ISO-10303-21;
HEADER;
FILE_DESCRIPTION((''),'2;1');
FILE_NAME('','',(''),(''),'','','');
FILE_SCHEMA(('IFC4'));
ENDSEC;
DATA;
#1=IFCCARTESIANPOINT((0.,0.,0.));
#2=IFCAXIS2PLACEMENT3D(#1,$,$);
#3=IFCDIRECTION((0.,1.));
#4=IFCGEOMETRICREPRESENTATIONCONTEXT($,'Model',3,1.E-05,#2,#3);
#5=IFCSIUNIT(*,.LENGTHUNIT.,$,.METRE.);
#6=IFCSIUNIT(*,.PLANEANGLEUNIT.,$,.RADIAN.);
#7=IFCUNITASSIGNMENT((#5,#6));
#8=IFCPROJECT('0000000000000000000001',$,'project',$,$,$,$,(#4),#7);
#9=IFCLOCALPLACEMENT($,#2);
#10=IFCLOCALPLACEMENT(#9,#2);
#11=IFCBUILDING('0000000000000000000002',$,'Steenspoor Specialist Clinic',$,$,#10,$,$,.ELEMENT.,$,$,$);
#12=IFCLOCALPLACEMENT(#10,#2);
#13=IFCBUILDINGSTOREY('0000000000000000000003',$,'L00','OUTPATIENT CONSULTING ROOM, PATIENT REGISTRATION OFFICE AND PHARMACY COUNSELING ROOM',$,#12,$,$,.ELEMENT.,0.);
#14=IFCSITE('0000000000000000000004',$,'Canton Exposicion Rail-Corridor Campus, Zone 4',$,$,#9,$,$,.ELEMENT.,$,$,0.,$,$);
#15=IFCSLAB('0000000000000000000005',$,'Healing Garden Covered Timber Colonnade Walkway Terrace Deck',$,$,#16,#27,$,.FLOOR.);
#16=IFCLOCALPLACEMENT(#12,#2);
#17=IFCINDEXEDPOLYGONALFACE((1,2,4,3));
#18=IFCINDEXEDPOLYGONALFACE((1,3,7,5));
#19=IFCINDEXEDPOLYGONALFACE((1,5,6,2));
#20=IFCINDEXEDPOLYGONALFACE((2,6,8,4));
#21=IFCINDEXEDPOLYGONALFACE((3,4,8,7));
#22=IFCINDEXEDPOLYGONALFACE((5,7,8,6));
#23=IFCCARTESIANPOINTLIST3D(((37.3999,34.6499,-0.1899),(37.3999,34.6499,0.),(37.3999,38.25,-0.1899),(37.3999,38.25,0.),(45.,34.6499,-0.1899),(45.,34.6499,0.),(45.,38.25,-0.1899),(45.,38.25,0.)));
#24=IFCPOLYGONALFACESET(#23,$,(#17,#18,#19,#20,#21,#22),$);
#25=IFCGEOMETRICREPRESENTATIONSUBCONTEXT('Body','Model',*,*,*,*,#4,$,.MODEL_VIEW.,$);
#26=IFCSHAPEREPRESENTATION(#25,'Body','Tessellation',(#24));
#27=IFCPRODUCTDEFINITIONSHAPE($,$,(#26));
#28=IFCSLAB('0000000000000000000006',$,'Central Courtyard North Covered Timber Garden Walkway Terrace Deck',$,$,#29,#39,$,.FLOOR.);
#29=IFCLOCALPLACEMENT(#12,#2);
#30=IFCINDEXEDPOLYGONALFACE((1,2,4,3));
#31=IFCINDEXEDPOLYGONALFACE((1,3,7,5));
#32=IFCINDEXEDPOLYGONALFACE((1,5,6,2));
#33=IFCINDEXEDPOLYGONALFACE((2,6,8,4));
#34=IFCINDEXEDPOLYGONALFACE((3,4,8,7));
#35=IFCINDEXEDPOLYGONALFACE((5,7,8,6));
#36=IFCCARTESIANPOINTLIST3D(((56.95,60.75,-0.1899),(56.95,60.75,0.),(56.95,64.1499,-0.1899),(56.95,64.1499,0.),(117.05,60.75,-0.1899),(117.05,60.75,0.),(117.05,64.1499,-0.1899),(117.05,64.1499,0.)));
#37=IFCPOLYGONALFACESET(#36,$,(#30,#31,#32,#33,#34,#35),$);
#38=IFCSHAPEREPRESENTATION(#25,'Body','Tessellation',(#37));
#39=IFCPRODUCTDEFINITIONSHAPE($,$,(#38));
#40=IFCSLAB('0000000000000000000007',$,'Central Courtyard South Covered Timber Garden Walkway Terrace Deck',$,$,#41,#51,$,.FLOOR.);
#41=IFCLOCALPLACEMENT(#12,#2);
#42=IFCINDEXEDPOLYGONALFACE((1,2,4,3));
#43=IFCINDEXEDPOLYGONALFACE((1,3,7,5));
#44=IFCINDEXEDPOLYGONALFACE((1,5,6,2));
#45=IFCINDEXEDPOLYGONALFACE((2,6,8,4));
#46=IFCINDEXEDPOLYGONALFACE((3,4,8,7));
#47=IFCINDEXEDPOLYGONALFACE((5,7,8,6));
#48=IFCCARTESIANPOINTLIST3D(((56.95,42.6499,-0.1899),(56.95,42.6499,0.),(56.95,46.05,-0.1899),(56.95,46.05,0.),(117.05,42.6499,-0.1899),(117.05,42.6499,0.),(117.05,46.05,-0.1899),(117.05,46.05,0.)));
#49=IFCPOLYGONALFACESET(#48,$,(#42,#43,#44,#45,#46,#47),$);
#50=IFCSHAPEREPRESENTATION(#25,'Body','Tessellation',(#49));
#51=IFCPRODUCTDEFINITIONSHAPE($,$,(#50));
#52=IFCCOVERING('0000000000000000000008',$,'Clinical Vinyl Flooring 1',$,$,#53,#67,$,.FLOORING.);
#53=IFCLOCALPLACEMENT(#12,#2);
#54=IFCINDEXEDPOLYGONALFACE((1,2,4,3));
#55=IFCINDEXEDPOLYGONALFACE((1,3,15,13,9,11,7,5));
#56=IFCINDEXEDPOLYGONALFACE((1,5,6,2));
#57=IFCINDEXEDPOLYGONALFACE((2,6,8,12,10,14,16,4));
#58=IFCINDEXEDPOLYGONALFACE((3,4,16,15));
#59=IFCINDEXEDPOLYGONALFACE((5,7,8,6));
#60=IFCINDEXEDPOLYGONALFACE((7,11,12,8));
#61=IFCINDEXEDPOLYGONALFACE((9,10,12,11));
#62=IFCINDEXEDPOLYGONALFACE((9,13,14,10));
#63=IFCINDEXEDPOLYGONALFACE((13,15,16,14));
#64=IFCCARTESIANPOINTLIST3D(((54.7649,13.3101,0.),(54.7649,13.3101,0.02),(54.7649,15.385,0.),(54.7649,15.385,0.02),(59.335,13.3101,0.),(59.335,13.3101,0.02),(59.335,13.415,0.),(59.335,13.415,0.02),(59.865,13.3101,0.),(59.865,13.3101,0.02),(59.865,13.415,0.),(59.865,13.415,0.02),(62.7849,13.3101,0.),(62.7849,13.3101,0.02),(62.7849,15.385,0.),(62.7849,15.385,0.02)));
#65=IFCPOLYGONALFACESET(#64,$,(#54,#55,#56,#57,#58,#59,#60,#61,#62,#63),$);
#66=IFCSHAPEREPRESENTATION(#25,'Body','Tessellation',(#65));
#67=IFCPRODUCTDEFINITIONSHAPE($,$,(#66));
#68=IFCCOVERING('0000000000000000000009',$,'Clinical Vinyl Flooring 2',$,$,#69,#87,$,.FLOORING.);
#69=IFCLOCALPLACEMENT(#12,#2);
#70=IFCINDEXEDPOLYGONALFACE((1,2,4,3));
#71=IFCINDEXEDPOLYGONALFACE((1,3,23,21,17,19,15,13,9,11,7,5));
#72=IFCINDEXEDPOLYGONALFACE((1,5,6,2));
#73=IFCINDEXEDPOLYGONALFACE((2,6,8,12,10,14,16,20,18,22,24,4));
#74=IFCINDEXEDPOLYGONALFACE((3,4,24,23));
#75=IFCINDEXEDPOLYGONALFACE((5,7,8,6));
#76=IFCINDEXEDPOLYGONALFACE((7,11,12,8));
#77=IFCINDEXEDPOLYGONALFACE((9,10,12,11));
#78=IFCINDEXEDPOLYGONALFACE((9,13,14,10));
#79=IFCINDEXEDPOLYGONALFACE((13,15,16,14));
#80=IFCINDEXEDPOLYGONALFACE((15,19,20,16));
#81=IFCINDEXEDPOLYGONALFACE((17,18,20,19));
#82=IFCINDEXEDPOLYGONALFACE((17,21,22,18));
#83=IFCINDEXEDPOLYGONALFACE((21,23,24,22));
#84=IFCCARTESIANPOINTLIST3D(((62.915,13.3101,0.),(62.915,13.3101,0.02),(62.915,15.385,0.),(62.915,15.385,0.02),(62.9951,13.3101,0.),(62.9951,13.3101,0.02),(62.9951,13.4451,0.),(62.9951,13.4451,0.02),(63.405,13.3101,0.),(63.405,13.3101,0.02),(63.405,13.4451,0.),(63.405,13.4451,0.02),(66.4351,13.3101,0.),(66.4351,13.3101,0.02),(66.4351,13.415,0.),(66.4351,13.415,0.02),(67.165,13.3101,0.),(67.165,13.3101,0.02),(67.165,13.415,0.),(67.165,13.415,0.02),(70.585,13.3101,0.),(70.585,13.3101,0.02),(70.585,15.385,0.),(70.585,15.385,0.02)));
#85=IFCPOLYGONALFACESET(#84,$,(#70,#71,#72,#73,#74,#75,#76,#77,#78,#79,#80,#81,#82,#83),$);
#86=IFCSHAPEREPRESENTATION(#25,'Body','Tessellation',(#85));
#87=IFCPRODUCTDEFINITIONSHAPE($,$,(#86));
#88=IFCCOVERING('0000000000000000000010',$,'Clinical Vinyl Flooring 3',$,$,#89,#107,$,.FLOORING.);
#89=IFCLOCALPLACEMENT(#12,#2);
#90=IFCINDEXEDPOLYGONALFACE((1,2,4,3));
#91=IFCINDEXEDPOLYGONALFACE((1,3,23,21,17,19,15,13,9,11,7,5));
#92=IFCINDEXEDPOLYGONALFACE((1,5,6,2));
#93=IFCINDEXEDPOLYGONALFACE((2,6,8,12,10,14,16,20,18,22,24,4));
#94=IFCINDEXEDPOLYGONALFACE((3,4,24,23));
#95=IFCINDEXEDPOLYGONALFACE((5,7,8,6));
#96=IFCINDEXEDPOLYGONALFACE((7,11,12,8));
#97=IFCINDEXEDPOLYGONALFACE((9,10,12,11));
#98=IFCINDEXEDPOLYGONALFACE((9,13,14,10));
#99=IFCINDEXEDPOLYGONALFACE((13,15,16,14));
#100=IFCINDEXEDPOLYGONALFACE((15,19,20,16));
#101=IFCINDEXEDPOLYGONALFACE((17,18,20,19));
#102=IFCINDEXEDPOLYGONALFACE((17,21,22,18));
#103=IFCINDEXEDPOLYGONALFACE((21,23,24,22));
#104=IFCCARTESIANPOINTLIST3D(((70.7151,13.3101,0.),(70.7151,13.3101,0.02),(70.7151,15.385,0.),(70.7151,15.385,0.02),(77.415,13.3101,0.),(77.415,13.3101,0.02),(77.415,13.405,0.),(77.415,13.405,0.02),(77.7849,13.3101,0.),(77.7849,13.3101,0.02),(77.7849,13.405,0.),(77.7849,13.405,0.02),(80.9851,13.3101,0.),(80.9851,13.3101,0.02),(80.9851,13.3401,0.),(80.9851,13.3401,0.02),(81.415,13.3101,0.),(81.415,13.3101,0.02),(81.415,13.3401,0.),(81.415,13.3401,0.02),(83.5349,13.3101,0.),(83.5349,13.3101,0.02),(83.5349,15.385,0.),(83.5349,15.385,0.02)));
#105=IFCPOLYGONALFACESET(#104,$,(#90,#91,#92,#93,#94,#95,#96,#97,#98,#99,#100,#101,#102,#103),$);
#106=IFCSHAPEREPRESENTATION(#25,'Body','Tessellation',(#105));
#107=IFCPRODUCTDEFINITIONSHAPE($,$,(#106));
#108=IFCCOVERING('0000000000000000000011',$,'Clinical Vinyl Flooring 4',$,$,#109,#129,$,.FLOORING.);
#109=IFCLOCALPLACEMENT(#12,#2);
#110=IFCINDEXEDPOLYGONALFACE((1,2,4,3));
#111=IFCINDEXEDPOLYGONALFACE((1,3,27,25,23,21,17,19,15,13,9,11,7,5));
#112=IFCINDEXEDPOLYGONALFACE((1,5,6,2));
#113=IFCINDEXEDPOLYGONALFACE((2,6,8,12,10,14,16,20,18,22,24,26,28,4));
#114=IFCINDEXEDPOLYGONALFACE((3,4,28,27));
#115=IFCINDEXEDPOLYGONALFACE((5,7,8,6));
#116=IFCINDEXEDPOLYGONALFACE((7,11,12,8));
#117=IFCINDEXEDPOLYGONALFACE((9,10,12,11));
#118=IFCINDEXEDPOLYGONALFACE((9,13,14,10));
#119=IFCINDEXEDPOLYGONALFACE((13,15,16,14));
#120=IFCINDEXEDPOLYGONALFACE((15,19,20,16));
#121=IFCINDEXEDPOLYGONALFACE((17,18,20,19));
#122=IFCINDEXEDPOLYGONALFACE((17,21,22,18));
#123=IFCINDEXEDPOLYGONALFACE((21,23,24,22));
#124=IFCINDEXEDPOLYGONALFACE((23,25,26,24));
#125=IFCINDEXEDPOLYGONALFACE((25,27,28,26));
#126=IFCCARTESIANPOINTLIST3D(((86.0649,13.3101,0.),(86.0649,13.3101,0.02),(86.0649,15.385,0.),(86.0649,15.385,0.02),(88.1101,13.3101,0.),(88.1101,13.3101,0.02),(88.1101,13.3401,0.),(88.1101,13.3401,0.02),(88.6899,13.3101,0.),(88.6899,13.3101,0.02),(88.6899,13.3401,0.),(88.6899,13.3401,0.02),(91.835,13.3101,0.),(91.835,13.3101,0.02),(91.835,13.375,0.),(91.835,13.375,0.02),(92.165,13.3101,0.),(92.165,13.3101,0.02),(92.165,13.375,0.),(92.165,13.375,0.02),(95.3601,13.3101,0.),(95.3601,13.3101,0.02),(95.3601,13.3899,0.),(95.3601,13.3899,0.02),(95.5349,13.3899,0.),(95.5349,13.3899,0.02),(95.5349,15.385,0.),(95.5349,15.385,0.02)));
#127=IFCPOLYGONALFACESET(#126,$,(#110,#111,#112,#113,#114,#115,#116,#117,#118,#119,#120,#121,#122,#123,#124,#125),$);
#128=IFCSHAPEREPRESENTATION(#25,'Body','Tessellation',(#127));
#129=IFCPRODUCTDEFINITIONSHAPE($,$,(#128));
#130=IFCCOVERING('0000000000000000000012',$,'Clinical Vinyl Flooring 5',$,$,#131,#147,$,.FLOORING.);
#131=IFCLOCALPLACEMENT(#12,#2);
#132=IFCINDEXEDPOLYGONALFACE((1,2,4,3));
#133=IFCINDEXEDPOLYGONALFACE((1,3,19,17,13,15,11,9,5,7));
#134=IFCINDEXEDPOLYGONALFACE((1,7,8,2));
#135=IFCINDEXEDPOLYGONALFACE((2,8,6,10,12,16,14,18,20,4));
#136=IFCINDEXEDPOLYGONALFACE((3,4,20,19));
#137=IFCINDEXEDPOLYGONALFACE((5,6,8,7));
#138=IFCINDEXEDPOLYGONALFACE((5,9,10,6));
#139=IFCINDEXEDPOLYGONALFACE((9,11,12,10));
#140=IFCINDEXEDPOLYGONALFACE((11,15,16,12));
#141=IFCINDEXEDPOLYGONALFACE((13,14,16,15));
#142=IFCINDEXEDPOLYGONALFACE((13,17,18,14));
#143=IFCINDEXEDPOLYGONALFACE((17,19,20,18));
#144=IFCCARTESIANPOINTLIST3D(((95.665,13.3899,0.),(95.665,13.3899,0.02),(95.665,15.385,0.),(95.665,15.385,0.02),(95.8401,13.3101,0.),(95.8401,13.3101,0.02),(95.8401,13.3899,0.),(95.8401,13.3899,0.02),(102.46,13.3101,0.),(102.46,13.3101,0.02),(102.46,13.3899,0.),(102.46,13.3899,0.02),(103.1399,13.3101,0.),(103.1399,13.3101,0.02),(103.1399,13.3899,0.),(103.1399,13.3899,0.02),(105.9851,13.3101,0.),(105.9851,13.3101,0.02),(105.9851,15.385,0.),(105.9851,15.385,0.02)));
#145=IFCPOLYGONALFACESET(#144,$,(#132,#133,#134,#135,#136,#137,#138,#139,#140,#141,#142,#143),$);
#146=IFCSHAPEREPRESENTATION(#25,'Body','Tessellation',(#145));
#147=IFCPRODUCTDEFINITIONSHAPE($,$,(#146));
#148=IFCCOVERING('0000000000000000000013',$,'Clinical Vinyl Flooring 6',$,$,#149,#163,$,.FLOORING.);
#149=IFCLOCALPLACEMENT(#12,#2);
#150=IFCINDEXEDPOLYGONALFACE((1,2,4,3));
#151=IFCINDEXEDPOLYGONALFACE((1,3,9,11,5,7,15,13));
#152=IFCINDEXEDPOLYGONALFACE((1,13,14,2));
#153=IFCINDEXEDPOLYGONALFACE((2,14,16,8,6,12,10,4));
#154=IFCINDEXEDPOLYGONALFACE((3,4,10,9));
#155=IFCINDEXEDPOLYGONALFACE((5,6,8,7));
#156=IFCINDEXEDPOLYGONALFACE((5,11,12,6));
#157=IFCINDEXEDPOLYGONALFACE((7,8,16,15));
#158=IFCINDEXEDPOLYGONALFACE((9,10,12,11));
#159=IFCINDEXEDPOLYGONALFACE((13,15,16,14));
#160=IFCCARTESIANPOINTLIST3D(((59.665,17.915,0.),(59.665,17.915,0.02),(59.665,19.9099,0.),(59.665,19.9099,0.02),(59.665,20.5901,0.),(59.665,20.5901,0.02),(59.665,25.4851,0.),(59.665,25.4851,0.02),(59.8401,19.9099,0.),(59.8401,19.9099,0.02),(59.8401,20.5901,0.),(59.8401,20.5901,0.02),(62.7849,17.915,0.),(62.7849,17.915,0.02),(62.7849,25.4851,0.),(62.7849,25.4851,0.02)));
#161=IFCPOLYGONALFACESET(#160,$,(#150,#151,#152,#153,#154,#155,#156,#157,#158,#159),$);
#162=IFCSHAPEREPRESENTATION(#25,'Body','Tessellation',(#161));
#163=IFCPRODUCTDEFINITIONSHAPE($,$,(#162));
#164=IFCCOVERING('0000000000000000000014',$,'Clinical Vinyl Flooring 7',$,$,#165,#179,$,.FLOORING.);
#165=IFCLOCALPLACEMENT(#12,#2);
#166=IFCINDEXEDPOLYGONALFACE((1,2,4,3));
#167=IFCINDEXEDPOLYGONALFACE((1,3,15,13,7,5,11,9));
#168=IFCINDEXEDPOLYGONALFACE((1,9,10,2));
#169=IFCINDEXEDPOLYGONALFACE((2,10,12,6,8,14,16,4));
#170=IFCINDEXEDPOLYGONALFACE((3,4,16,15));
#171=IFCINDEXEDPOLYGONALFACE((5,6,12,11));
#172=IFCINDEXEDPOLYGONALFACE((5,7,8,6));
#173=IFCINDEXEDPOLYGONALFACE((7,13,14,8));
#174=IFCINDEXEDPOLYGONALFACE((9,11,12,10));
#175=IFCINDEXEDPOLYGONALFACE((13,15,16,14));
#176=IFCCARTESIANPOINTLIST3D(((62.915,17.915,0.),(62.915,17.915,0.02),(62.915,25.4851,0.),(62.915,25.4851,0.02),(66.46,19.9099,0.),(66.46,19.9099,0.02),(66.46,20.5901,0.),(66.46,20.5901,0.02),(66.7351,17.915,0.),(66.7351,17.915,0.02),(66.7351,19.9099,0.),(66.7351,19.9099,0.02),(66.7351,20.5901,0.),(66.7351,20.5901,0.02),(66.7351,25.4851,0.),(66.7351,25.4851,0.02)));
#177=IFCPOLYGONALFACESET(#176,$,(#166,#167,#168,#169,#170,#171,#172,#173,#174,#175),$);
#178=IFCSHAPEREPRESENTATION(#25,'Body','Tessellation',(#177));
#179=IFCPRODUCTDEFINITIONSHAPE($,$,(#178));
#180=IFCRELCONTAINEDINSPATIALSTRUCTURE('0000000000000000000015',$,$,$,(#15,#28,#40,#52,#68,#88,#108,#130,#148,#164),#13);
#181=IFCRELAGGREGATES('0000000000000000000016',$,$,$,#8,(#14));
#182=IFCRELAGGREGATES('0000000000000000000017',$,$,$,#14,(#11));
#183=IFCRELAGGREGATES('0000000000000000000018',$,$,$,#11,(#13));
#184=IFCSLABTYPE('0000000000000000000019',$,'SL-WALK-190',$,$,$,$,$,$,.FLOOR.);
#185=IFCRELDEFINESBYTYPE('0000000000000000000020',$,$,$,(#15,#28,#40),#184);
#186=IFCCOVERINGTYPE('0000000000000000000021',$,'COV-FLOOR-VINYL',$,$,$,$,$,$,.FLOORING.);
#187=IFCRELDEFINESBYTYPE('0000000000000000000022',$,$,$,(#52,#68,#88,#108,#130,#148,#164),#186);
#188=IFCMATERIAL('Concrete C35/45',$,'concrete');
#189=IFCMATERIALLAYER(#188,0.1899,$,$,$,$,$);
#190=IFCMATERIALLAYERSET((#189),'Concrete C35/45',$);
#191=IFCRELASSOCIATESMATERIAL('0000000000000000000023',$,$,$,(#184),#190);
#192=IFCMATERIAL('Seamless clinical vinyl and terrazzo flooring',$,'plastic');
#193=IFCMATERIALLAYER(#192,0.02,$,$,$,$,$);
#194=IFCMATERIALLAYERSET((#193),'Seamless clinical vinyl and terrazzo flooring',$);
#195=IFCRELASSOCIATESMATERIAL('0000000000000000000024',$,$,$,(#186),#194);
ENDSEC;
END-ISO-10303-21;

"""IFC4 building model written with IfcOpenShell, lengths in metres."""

from ifc_helpers import new_model, si_unit, direction, frame, origin, place, context, subcontext, project, spatial, polyline, outline, extrude, material, layer, layer_set, type_object, element, save


model = new_model("IFC4")

# Units and contexts
model_context = context("Model", 3, precision=1e-05, world=origin(), true_north=direction((0.0, 1.0)))
body_context = subcontext(model_context, "Body", "Model", "MODEL_VIEW")
ifc_project = project(units=[si_unit("LENGTHUNIT", "METRE"), si_unit("PLANEANGLEUNIT", "RADIAN")], contexts=[model_context])

# Site, building, storey
site_placement = place(None, origin())
site = spatial("IfcSite", under=ifc_project, at=site_placement, Name="Canton Exposicion Rail-Corridor Campus, Zone 4", CompositionType="ELEMENT", RefElevation=0.0)
building_placement = place(site_placement, origin())
building = spatial("IfcBuilding", under=site, at=building_placement, Name="Steenspoor Specialist Clinic", CompositionType="ELEMENT")
storey_placement = place(building_placement, origin())
storey = spatial("IfcBuildingStorey", under=building, at=storey_placement, Name="L00", Description="OUTPATIENT CONSULTING ROOM, PATIENT REGISTRATION OFFICE AND PHARMACY COUNSELING ROOM", CompositionType="ELEMENT", Elevation=0.0)

# Shared definitions
ifc_material_1 = material(Name="Concrete C35/45", Category="concrete")

# Slabs
ifc_layer_1 = layer(ifc_material_1, 0.1899)
ifc_layer_set_1 = layer_set([ifc_layer_1], Name="Concrete C35/45")
slab_type_1 = type_object("IfcSlabType", Name="SL-WALK-190", PredefinedType="FLOOR", material=ifc_layer_set_1)
slab_1_placement = place(storey_placement, frame((0.0, 0.0, -0.1899)))
element("IfcSlab", 1, at=slab_1_placement, inside=storey, type_object=slab_type_1, Name="Healing Garden Covered Timber Colonnade Walkway Terrace Deck", PredefinedType="FLOOR", context=body_context, shape_type="SweptSolid", body=[
    extrude(outline(polyline([(45.0, 34.6499), (45.0, 38.25), (37.3999, 38.25), (37.3999, 34.6499), (45.0, 34.6499)])), origin(), (0.0, 0.0, 1.0), 0.1899),
])
slab_2_placement = place(storey_placement, frame((0.0, 0.0, -0.1899)))
element("IfcSlab", 2, at=slab_2_placement, inside=storey, type_object=slab_type_1, Name="Central Courtyard North Covered Timber Garden Walkway Terrace Deck", PredefinedType="FLOOR", context=body_context, shape_type="SweptSolid", body=[
    extrude(outline(polyline([(117.05, 60.75), (117.05, 64.1499), (56.95, 64.1499), (56.95, 60.75), (117.05, 60.75)])), origin(), (0.0, 0.0, 1.0), 0.1899),
])
slab_3_placement = place(storey_placement, frame((0.0, 0.0, -0.1899)))
element("IfcSlab", 3, at=slab_3_placement, inside=storey, type_object=slab_type_1, Name="Central Courtyard South Covered Timber Garden Walkway Terrace Deck", PredefinedType="FLOOR", context=body_context, shape_type="SweptSolid", body=[
    extrude(outline(polyline([(117.05, 42.6499), (117.05, 46.05), (56.95, 46.05), (56.95, 42.6499), (117.05, 42.6499)])), origin(), (0.0, 0.0, 1.0), 0.1899),
])

# Coverings
ifc_material_2 = material(Name="Seamless clinical vinyl and terrazzo flooring", Category="plastic")
ifc_layer_2 = layer(ifc_material_2, 0.02)
ifc_layer_set_2 = layer_set([ifc_layer_2], Name="Seamless clinical vinyl and terrazzo flooring")
covering_type = type_object("IfcCoveringType", Name="COV-FLOOR-VINYL", PredefinedType="FLOORING", material=ifc_layer_set_2)
covering_1_placement = place(storey_placement, origin())
element("IfcCovering", 4, at=covering_1_placement, inside=storey, type_object=covering_type, Name="Clinical Vinyl Flooring 1", PredefinedType="FLOORING", context=body_context, shape_type="SweptSolid", body=[
    extrude(outline(polyline([(62.7849, 13.3101), (59.865, 13.3101), (59.865, 13.415), (59.335, 13.415), (59.335, 13.3101), (54.7649, 13.3101), (54.7649, 15.385), (62.7849, 15.385), (62.7849, 13.3101)])), origin(), (0.0, 0.0, 1.0), 0.02),
])
covering_2_placement = place(storey_placement, origin())
element("IfcCovering", 5, at=covering_2_placement, inside=storey, type_object=covering_type, Name="Clinical Vinyl Flooring 2", PredefinedType="FLOORING", context=body_context, shape_type="SweptSolid", body=[
    extrude(outline(polyline([(70.585, 15.385), (70.585, 13.3101), (67.165, 13.3101), (67.165, 13.415), (66.4351, 13.415), (66.4351, 13.3101), (63.405, 13.3101), (63.405, 13.4451), (62.9951, 13.4451), (62.9951, 13.3101), (62.915, 13.3101), (62.915, 15.385), (70.585, 15.385)])), origin(), (0.0, 0.0, 1.0), 0.02),
])
covering_3_placement = place(storey_placement, origin())
element("IfcCovering", 6, at=covering_3_placement, inside=storey, type_object=covering_type, Name="Clinical Vinyl Flooring 3", PredefinedType="FLOORING", context=body_context, shape_type="SweptSolid", body=[
    extrude(outline(polyline([(83.5349, 13.3101), (81.415, 13.3101), (81.415, 13.3401), (80.9851, 13.3401), (80.9851, 13.3101), (77.7849, 13.3101), (77.7849, 13.405), (77.415, 13.405), (77.415, 13.3101), (70.7151, 13.3101), (70.7151, 15.385), (83.5349, 15.385), (83.5349, 13.3101)])), origin(), (0.0, 0.0, 1.0), 0.02),
])
covering_4_placement = place(storey_placement, origin())
element("IfcCovering", 7, at=covering_4_placement, inside=storey, type_object=covering_type, Name="Clinical Vinyl Flooring 4", PredefinedType="FLOORING", context=body_context, shape_type="SweptSolid", body=[
    extrude(outline(polyline([(92.165, 13.3101), (92.165, 13.375), (91.835, 13.375), (91.835, 13.3101), (88.6899, 13.3101), (88.6899, 13.3401), (88.1101, 13.3401), (88.1101, 13.3101), (86.0649, 13.3101), (86.0649, 15.385), (95.5349, 15.385), (95.5349, 13.3899), (95.3601, 13.3899), (95.3601, 13.3101), (92.165, 13.3101)])), origin(), (0.0, 0.0, 1.0), 0.02),
])
covering_5_placement = place(storey_placement, origin())
element("IfcCovering", 8, at=covering_5_placement, inside=storey, type_object=covering_type, Name="Clinical Vinyl Flooring 5", PredefinedType="FLOORING", context=body_context, shape_type="SweptSolid", body=[
    extrude(outline(polyline([(103.1399, 13.3101), (103.1399, 13.3899), (102.46, 13.3899), (102.46, 13.3101), (95.8401, 13.3101), (95.8401, 13.3899), (95.665, 13.3899), (95.665, 15.385), (105.9851, 15.385), (105.9851, 13.3101), (103.1399, 13.3101)])), origin(), (0.0, 0.0, 1.0), 0.02),
])
covering_6_placement = place(storey_placement, origin())
element("IfcCovering", 9, at=covering_6_placement, inside=storey, type_object=covering_type, Name="Clinical Vinyl Flooring 6", PredefinedType="FLOORING", context=body_context, shape_type="SweptSolid", body=[
    extrude(outline(polyline([(62.7849, 25.4851), (62.7849, 17.915), (59.665, 17.915), (59.665, 19.9099), (59.8401, 19.9099), (59.8401, 20.5901), (59.665, 20.5901), (59.665, 25.4851), (62.7849, 25.4851)])), origin(), (0.0, 0.0, 1.0), 0.02),
])
covering_7_placement = place(storey_placement, origin())
element("IfcCovering", 10, at=covering_7_placement, inside=storey, type_object=covering_type, Name="Clinical Vinyl Flooring 7", PredefinedType="FLOORING", context=body_context, shape_type="SweptSolid", body=[
    extrude(outline(polyline([(66.7351, 25.4851), (66.7351, 20.5901), (66.46, 20.5901), (66.46, 19.9099), (66.7351, 19.9099), (66.7351, 17.915), (62.915, 17.915), (62.915, 25.4851), (66.7351, 25.4851)])), origin(), (0.0, 0.0, 1.0), 0.02),
])

save(model, "model.ifc")
